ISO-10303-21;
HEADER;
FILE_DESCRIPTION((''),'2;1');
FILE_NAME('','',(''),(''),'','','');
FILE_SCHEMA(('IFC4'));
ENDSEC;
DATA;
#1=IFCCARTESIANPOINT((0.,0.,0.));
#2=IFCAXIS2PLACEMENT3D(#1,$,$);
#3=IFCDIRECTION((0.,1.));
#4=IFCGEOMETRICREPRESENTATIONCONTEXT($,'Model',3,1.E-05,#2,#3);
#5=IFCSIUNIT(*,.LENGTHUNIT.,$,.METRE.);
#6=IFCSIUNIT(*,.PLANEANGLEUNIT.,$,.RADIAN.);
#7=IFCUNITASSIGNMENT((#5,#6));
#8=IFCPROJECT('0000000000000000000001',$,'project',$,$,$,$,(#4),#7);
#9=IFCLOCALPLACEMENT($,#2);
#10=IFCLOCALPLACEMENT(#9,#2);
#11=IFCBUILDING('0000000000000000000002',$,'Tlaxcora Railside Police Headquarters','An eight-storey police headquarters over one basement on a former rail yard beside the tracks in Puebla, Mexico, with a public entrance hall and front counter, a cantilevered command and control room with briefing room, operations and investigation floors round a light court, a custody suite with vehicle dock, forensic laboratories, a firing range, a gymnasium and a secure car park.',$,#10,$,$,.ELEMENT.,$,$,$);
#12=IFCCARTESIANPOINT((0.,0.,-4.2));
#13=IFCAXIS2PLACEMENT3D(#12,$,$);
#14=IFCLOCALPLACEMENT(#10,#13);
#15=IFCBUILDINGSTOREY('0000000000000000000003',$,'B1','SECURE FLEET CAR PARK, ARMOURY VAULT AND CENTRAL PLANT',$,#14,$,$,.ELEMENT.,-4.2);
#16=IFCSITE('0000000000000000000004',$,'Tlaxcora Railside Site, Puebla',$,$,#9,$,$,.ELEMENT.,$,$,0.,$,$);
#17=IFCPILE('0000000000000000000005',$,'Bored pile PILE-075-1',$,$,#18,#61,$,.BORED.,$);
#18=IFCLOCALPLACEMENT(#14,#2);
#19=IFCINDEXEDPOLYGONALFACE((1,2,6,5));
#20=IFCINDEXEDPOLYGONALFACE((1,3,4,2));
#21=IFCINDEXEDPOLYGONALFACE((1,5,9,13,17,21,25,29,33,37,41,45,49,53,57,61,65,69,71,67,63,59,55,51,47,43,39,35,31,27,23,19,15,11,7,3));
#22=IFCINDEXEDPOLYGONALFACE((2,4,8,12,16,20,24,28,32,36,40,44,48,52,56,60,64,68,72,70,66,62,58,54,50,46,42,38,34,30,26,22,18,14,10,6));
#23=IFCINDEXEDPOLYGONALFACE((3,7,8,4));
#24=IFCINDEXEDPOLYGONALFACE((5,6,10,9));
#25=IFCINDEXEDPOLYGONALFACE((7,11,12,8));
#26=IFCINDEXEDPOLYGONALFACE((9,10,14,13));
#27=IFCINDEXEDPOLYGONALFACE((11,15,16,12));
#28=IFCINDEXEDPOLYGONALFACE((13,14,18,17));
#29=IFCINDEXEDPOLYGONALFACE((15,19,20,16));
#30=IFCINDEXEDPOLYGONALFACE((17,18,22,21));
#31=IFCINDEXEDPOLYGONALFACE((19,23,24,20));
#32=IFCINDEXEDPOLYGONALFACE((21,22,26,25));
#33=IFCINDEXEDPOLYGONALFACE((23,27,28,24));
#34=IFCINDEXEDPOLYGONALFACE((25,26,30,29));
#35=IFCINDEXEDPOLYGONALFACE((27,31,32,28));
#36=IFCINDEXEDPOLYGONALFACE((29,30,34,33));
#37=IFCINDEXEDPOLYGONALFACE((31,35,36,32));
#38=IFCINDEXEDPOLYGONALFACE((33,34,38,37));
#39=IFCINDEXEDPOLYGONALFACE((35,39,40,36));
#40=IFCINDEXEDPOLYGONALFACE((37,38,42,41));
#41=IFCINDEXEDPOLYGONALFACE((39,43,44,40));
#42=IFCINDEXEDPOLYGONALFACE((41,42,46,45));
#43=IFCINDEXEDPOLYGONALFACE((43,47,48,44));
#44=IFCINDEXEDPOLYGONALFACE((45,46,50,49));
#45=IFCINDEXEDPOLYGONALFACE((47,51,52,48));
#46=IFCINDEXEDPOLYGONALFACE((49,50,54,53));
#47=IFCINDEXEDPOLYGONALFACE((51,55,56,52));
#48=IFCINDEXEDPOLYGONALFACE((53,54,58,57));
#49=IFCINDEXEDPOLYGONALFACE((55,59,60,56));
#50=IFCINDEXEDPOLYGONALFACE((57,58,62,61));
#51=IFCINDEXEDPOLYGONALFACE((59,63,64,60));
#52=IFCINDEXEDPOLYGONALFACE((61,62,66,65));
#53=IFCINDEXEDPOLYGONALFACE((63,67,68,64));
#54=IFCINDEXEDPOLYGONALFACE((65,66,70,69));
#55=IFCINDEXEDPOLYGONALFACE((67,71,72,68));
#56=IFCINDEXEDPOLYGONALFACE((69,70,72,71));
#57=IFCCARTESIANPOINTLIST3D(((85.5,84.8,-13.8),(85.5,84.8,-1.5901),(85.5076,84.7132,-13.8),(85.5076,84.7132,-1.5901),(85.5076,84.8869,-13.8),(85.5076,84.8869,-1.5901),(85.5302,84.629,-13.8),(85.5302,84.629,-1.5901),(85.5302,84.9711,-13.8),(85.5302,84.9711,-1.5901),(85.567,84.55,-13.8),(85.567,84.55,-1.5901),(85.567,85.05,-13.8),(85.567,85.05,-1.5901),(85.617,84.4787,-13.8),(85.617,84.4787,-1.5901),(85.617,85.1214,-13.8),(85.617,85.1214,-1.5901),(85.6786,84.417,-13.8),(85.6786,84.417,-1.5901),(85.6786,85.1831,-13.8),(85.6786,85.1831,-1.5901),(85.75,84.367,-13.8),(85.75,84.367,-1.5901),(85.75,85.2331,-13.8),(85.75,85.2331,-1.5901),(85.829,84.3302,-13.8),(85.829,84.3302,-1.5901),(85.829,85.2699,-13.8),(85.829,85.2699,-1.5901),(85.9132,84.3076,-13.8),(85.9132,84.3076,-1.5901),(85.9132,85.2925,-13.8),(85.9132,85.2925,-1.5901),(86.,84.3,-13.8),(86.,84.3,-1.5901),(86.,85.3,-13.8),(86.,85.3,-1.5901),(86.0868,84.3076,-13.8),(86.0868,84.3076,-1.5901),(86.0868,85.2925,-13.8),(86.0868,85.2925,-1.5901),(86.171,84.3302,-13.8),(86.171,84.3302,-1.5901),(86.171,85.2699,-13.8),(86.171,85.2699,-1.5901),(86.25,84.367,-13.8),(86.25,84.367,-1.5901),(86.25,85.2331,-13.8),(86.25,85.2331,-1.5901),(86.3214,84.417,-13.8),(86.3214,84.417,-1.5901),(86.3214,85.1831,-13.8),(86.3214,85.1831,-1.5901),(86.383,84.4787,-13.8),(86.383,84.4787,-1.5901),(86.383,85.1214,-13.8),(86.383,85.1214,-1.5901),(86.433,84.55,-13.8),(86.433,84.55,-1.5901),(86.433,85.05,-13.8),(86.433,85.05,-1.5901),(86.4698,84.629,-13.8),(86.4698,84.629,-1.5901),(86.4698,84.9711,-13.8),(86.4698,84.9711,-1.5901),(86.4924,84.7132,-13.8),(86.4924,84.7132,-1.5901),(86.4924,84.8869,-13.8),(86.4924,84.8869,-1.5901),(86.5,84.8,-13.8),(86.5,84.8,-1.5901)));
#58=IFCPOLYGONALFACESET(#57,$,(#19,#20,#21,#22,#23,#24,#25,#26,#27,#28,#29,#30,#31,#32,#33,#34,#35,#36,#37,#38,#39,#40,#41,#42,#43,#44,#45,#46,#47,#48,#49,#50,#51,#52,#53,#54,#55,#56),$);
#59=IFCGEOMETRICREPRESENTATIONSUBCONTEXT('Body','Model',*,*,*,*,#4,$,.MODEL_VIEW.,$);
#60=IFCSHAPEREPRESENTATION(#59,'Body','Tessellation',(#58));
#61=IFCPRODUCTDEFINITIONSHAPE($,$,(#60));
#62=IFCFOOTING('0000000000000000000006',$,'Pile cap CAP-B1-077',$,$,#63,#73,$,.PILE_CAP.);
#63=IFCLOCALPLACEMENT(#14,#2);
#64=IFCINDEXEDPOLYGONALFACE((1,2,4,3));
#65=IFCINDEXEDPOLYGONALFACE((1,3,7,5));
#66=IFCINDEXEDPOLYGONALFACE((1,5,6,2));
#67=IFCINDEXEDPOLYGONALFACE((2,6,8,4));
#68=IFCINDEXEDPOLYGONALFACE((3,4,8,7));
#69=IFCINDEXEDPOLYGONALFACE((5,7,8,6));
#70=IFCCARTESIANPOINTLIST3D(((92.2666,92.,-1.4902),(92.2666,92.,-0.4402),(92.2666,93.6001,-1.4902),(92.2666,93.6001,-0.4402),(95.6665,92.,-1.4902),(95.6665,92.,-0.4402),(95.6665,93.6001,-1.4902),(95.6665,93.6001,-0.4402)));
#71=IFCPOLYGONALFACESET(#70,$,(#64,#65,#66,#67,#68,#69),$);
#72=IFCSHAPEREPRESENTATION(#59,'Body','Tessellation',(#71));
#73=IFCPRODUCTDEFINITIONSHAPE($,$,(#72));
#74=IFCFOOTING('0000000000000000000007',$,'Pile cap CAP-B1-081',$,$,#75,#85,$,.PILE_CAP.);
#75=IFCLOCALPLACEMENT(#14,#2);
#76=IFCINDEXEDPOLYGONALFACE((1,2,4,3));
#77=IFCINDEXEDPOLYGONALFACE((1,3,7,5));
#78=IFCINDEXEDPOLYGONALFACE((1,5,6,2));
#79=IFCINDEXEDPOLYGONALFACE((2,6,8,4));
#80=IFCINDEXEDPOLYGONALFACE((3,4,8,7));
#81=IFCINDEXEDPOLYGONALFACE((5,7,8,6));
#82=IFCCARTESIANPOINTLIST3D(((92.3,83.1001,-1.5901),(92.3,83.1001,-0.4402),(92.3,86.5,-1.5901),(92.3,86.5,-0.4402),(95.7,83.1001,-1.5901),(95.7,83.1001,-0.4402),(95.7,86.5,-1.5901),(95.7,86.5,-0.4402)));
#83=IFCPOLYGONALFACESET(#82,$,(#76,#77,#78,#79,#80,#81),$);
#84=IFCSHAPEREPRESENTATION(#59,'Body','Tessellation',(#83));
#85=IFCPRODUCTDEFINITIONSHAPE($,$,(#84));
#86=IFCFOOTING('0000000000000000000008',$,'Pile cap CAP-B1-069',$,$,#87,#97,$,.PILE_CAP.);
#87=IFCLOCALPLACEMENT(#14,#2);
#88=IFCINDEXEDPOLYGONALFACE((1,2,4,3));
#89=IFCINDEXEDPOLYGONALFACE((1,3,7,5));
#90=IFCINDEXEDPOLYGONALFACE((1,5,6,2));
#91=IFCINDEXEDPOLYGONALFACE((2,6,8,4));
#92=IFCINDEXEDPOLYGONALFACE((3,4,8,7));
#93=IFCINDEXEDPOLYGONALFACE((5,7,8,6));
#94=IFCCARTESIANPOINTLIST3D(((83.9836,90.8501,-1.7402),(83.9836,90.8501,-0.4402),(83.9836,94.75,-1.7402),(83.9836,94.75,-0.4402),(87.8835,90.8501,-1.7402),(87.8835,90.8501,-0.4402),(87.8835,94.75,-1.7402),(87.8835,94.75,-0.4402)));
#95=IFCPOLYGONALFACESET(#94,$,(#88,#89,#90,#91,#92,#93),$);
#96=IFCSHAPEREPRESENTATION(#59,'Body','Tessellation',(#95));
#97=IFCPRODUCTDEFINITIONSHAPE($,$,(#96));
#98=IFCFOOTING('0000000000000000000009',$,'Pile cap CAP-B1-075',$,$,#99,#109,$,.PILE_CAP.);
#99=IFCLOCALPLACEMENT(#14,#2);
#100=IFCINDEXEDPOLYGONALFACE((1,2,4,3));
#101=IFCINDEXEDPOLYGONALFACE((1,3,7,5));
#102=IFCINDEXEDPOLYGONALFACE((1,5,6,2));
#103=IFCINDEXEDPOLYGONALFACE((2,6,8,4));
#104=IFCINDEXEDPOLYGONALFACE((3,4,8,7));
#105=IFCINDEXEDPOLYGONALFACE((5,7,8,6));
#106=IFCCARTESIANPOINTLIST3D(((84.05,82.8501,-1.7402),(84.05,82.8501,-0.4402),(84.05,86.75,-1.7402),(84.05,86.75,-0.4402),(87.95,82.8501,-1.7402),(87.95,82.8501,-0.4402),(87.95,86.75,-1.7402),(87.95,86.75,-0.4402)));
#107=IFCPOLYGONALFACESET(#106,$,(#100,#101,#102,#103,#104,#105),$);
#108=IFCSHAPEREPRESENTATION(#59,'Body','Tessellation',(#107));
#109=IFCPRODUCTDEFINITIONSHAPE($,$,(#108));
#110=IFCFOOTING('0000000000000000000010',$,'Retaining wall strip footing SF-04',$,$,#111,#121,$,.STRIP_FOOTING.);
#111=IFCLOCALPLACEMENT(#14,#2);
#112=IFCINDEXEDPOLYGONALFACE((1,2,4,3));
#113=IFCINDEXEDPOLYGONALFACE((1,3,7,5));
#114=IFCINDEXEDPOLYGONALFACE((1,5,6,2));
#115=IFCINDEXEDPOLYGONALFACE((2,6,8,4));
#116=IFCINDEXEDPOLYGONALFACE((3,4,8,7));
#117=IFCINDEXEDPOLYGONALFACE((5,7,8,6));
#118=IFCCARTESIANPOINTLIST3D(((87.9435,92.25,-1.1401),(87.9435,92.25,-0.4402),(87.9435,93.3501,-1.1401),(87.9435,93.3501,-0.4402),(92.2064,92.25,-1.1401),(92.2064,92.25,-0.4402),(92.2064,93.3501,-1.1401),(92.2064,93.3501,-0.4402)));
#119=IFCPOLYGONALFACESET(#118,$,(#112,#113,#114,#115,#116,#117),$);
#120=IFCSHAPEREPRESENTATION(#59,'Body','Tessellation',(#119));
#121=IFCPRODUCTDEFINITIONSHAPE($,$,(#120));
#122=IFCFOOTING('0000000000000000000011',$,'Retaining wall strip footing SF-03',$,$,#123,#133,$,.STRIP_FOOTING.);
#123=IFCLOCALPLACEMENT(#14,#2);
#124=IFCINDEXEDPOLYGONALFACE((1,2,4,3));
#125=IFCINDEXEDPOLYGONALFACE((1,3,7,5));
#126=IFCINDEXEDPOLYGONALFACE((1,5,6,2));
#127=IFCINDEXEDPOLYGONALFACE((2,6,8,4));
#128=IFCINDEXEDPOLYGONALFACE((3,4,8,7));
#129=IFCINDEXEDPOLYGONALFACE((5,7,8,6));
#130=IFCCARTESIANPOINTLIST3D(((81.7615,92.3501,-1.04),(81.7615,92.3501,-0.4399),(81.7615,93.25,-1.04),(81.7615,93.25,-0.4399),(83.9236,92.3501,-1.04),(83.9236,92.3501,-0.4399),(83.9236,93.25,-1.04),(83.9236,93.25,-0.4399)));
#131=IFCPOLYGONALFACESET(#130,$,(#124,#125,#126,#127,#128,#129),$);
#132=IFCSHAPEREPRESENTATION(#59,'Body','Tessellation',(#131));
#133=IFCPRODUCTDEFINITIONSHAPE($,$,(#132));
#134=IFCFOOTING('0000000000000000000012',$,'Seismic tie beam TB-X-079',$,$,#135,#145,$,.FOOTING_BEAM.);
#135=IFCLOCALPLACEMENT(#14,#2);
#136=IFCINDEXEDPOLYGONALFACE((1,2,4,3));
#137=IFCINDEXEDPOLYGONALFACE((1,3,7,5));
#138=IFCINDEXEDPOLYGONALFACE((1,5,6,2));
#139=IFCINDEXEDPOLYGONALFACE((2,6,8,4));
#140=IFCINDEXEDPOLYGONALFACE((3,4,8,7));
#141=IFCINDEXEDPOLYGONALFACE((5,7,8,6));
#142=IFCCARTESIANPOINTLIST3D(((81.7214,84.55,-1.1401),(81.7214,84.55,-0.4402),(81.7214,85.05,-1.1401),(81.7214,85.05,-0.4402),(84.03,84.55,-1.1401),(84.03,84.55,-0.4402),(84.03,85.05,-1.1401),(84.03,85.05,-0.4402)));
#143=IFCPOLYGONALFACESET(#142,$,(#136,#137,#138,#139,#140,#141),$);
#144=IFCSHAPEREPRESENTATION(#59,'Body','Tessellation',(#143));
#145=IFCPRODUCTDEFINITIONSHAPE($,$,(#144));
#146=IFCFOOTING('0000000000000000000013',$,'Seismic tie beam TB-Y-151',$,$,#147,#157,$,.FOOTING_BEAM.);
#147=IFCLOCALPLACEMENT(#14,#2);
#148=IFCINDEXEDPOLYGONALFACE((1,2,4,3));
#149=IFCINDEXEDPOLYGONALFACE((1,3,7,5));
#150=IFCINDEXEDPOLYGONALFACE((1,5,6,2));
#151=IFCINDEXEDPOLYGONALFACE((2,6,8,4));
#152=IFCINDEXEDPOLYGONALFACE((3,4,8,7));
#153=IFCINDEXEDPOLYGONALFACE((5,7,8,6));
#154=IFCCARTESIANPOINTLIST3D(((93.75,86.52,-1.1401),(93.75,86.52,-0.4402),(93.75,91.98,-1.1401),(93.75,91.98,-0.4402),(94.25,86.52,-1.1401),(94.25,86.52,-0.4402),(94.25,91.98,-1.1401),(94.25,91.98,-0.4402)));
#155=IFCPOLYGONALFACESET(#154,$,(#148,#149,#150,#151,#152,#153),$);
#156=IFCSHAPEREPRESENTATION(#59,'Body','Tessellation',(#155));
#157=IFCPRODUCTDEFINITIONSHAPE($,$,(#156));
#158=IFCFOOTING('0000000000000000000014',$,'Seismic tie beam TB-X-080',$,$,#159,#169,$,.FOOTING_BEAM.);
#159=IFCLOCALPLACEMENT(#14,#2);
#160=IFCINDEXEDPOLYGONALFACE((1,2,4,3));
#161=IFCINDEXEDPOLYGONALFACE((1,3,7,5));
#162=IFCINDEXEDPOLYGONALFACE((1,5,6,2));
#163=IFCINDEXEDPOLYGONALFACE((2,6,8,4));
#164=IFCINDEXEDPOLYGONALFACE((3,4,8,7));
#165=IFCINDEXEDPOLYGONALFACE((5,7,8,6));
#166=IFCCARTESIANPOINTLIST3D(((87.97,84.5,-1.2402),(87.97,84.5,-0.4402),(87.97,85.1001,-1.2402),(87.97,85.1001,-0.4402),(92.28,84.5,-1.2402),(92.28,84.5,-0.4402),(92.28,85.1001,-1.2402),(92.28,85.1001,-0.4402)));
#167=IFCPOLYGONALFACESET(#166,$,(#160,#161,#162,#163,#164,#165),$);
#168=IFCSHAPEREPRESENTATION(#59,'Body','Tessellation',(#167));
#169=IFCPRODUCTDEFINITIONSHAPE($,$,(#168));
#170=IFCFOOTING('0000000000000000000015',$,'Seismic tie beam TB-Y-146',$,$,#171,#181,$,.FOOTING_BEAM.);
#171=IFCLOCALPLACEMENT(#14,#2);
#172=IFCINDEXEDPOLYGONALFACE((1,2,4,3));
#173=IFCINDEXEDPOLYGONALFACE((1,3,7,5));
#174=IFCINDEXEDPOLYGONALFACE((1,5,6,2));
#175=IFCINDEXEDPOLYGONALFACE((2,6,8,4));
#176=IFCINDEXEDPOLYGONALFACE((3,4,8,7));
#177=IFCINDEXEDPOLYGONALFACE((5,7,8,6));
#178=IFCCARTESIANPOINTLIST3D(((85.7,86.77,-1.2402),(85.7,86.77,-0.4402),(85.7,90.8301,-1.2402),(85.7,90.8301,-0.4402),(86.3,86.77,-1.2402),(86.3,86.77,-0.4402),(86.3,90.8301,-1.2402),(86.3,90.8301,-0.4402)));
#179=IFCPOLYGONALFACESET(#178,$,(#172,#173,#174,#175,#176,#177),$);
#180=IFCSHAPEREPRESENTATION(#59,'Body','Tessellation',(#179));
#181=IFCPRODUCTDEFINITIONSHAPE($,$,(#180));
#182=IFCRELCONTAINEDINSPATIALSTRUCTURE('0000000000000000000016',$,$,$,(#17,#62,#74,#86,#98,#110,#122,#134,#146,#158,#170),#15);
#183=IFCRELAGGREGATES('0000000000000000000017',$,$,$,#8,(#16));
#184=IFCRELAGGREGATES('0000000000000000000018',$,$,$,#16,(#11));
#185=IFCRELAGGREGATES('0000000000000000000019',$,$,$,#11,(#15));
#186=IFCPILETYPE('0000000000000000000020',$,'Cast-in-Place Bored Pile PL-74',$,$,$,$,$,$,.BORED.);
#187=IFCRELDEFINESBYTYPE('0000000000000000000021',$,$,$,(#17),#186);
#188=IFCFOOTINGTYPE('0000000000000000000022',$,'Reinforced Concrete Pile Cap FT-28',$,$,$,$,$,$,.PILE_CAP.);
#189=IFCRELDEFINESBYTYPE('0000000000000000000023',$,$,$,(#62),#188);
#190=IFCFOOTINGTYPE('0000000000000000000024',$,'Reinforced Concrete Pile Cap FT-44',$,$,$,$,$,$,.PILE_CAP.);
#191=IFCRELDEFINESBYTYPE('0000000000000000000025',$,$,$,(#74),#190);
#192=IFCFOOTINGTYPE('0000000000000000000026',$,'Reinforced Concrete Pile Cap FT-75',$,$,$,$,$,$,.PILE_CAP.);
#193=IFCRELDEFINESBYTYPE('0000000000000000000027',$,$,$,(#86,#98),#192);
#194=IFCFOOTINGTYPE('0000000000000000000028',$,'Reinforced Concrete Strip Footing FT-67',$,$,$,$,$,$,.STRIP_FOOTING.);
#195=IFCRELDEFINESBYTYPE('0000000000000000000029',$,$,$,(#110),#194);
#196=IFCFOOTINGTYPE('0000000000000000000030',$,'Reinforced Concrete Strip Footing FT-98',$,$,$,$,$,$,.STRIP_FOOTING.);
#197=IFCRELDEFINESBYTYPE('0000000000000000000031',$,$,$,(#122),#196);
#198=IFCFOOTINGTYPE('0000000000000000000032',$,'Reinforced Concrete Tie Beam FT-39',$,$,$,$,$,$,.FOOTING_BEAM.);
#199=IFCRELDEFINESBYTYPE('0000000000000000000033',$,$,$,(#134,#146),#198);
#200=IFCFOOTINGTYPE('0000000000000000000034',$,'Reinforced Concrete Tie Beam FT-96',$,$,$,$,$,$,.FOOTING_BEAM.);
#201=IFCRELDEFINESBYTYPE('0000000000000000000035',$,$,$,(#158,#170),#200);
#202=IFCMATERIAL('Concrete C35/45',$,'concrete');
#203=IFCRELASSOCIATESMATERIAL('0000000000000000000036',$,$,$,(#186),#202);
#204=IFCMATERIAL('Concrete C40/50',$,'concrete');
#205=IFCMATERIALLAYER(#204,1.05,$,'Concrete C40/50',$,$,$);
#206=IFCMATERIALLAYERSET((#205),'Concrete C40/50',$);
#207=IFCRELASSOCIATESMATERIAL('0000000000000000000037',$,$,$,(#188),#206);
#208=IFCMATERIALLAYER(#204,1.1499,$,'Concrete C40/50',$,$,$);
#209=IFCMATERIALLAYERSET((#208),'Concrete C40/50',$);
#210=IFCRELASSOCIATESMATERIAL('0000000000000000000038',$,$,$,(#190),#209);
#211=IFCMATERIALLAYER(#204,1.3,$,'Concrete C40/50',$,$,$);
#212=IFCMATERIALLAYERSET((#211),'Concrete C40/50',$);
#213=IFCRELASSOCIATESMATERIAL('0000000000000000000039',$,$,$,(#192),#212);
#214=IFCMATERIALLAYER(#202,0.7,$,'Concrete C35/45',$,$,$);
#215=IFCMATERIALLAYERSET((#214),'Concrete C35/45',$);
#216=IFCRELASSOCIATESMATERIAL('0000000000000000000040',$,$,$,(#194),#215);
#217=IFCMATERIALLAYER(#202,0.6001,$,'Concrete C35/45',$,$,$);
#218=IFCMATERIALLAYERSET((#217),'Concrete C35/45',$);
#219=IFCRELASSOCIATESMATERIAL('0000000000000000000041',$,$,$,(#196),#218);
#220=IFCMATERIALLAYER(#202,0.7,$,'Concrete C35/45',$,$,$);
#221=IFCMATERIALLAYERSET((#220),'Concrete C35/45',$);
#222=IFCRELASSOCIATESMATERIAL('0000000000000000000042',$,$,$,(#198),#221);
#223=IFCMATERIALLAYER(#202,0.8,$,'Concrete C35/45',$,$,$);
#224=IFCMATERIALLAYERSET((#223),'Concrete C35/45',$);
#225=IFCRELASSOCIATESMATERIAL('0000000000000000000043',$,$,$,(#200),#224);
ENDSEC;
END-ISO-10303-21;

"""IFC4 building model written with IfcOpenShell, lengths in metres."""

from ifc_helpers import new_model, si_unit, direction, frame, origin, origin_2d, place, context, subcontext, project, spatial, rectangle, circle, extrude, material, layer, layer_set, material_profile, profile_set, type_object, element, save


model = new_model("IFC4")

# Units and contexts
model_context = context("Model", 3, precision=1e-05, world=origin(), true_north=direction((0.0, 1.0)))
body_context = subcontext(model_context, "Body", "Model", "MODEL_VIEW")
ifc_project = project(units=[si_unit("LENGTHUNIT", "METRE"), si_unit("PLANEANGLEUNIT", "RADIAN")], contexts=[model_context])

# Site, building, storey
site_placement = place(None, origin())
site = spatial("IfcSite", under=ifc_project, at=site_placement, Name="Tlaxcora Railside Site, Puebla", CompositionType="ELEMENT", RefElevation=0.0)
building_placement = place(site_placement, origin())
building = spatial("IfcBuilding", under=site, at=building_placement, Name="Tlaxcora Railside Police Headquarters", Description="An eight-storey police headquarters over one basement on a former rail yard beside the tracks in Puebla, Mexico, with a public entrance hall and front counter, a cantilevered command and control room with briefing room, operations and investigation floors round a light court, a custody suite with vehicle dock, forensic laboratories, a firing range, a gymnasium and a secure car park.", CompositionType="ELEMENT")
storey_placement = place(building_placement, frame((0.0, 0.0, -4.2)))
storey = spatial("IfcBuildingStorey", under=building, at=storey_placement, Name="B1", Description="SECURE FLEET CAR PARK, ARMOURY VAULT AND CENTRAL PLANT", CompositionType="ELEMENT", Elevation=-4.2)

# Pile
ifc_material_1 = material(Name="Concrete C35/45", Category="concrete")
ifc_material_profile_1 = material_profile(ifc_material_1, circle(Radius=0.5, at=origin_2d()), Name="PILE1000")
ifc_profile_set_1 = profile_set([ifc_material_profile_1], Name="Concrete C35/45")
pile_type_1 = type_object("IfcPileType", Name="Cast-in-Place Bored Pile PL-74", PredefinedType="BORED", material=ifc_profile_set_1)
for number, where, z_axis, x_axis, name in (
    (1, (86.0, 84.8, -1.5901), (0.0, 0.0, -1.0), (1.0, 0.0, 0.0), "Bored pile PILE-075-1"),
):
    element("IfcPile", number, at=place(storey_placement, frame(where, z_axis=z_axis, x_axis=x_axis)), inside=storey, type_object=pile_type_1, Name=name, PredefinedType="BORED", context=body_context, shape_type="SweptSolid", body=[
        extrude(circle(Radius=0.5, at=origin_2d()), origin(), (0.0, 0.0, 1.0), 12.21),
    ])

# Footings
ifc_material_2 = material(Name="Concrete C40/50", Category="concrete")
ifc_layer_1 = layer(ifc_material_2, 1.05, Name="Concrete C40/50")
ifc_layer_set_1 = layer_set([ifc_layer_1], Name="Concrete C40/50")
footing_type_1 = type_object("IfcFootingType", Name="Reinforced Concrete Pile Cap FT-28", PredefinedType="PILE_CAP", material=ifc_layer_set_1)
footing_1_placement = place(storey_placement, frame((93.9666, 92.8, -1.4902), z_axis=(0.0, 0.0, 1.0), x_axis=(1.0, 0.0, 0.0)))
element("IfcFooting", 2, at=footing_1_placement, inside=storey, type_object=footing_type_1, Name="Pile cap CAP-B1-077", PredefinedType="PILE_CAP", context=body_context, shape_type="SweptSolid", body=[
    extrude(rectangle(XDim=3.3999, YDim=1.6001, at=origin_2d()), origin(), (0.0, 0.0, 1.0), 1.05),
])
ifc_layer_2 = layer(ifc_material_2, 1.1499, Name="Concrete C40/50")
ifc_layer_set_2 = layer_set([ifc_layer_2], Name="Concrete C40/50")
footing_type_2 = type_object("IfcFootingType", Name="Reinforced Concrete Pile Cap FT-44", PredefinedType="PILE_CAP", material=ifc_layer_set_2)
footing_2_placement = place(storey_placement, frame((94.0, 84.8, -1.5901), z_axis=(0.0, 0.0, 1.0), x_axis=(1.0, 0.0, 0.0)))
element("IfcFooting", 3, at=footing_2_placement, inside=storey, type_object=footing_type_2, Name="Pile cap CAP-B1-081", PredefinedType="PILE_CAP", context=body_context, shape_type="SweptSolid", body=[
    extrude(rectangle(XDim=3.3999, YDim=3.3999, at=origin_2d()), origin(), (0.0, 0.0, 1.0), 1.1499),
])
ifc_layer_3 = layer(ifc_material_2, 1.3, Name="Concrete C40/50")
ifc_layer_set_3 = layer_set([ifc_layer_3], Name="Concrete C40/50")
footing_type_3 = type_object("IfcFootingType", Name="Reinforced Concrete Pile Cap FT-75", PredefinedType="PILE_CAP", material=ifc_layer_set_3)
for number, where, z_axis, x_axis, name in (
    (4, (85.9336, 92.8, -1.7402), (0.0, 0.0, 1.0), (1.0, 0.0, 0.0), "Pile cap CAP-B1-069"),
    (5, (86.0, 84.8, -1.7402), (0.0, 0.0, 1.0), (1.0, 0.0, 0.0), "Pile cap CAP-B1-075"),
):
    element("IfcFooting", number, at=place(storey_placement, frame(where, z_axis=z_axis, x_axis=x_axis)), inside=storey, type_object=footing_type_3, Name=name, PredefinedType="PILE_CAP", context=body_context, shape_type="SweptSolid", body=[
        extrude(rectangle(XDim=3.8999, YDim=3.8999, at=origin_2d()), origin(), (0.0, 0.0, 1.0), 1.3),
    ])
ifc_layer_4 = layer(ifc_material_1, 0.7, Name="Concrete C35/45")
ifc_layer_set_4 = layer_set([ifc_layer_4], Name="Concrete C35/45")
footing_type_4 = type_object("IfcFootingType", Name="Reinforced Concrete Strip Footing FT-67", PredefinedType="STRIP_FOOTING", material=ifc_layer_set_4)
footing_3_placement = place(storey_placement, frame((90.075, 92.8, -1.1401), z_axis=(0.0, 0.0, 1.0), x_axis=(1.0, 0.0, 0.0)))
element("IfcFooting", 6, at=footing_3_placement, inside=storey, type_object=footing_type_4, Name="Retaining wall strip footing SF-04", PredefinedType="STRIP_FOOTING", context=body_context, shape_type="SweptSolid", body=[
    extrude(rectangle(XDim=4.2629, YDim=1.1001, at=origin_2d()), origin(), (0.0, 0.0, 1.0), 0.7),
])
ifc_layer_5 = layer(ifc_material_1, 0.6001, Name="Concrete C35/45")
ifc_layer_set_5 = layer_set([ifc_layer_5], Name="Concrete C35/45")
footing_type_5 = type_object("IfcFootingType", Name="Reinforced Concrete Strip Footing FT-98", PredefinedType="STRIP_FOOTING", material=ifc_layer_set_5)
footing_4_placement = place(storey_placement, frame((82.8425, 92.8, -1.04), z_axis=(0.0, 0.0, 1.0), x_axis=(1.0, 0.0, 0.0)))
element("IfcFooting", 7, at=footing_4_placement, inside=storey, type_object=footing_type_5, Name="Retaining wall strip footing SF-03", PredefinedType="STRIP_FOOTING", context=body_context, shape_type="SweptSolid", body=[
    extrude(rectangle(XDim=2.1621, YDim=0.8999, at=origin_2d()), origin(), (0.0, 0.0, 1.0), 0.6001),
])
ifc_layer_6 = layer(ifc_material_1, 0.7, Name="Concrete C35/45")
ifc_layer_set_6 = layer_set([ifc_layer_6], Name="Concrete C35/45")
footing_type_6 = type_object("IfcFootingType", Name="Reinforced Concrete Tie Beam FT-39", PredefinedType="FOOTING_BEAM", material=ifc_layer_set_6)
footing_5_placement = place(storey_placement, frame((82.8757, 84.8, -1.1401), z_axis=(0.0, 0.0, 1.0), x_axis=(1.0, 0.0, 0.0)))
element("IfcFooting", 8, at=footing_5_placement, inside=storey, type_object=footing_type_6, Name="Seismic tie beam TB-X-079", PredefinedType="FOOTING_BEAM", context=body_context, shape_type="SweptSolid", body=[
    extrude(rectangle(XDim=2.3086, YDim=0.5, at=origin_2d()), origin(), (0.0, 0.0, 1.0), 0.7),
])
footing_6_placement = place(storey_placement, frame((94.0, 89.25, -1.1401), z_axis=(0.0, 0.0, 1.0), x_axis=(0.0, 1.0, 0.0)))
element("IfcFooting", 9, at=footing_6_placement, inside=storey, type_object=footing_type_6, Name="Seismic tie beam TB-Y-151", PredefinedType="FOOTING_BEAM", context=body_context, shape_type="SweptSolid", body=[
    extrude(rectangle(XDim=5.46, YDim=0.5, at=origin_2d()), origin(), (0.0, 0.0, 1.0), 0.7),
])
ifc_layer_7 = layer(ifc_material_1, 0.8, Name="Concrete C35/45")
ifc_layer_set_7 = layer_set([ifc_layer_7], Name="Concrete C35/45")
footing_type_7 = type_object("IfcFootingType", Name="Reinforced Concrete Tie Beam FT-96", PredefinedType="FOOTING_BEAM", material=ifc_layer_set_7)
footing_7_placement = place(storey_placement, frame((90.125, 84.8, -1.2402), z_axis=(0.0, 0.0, 1.0), x_axis=(1.0, 0.0, 0.0)))
element("IfcFooting", 10, at=footing_7_placement, inside=storey, type_object=footing_type_7, Name="Seismic tie beam TB-X-080", PredefinedType="FOOTING_BEAM", context=body_context, shape_type="SweptSolid", body=[
    extrude(rectangle(XDim=4.3101, YDim=0.6001, at=origin_2d()), origin(), (0.0, 0.0, 1.0), 0.8),
])
footing_8_placement = place(storey_placement, frame((86.0, 88.8, -1.2402), z_axis=(0.0, 0.0, 1.0), x_axis=(0.0, 1.0, 0.0)))
element("IfcFooting", 11, at=footing_8_placement, inside=storey, type_object=footing_type_7, Name="Seismic tie beam TB-Y-146", PredefinedType="FOOTING_BEAM", context=body_context, shape_type="SweptSolid", body=[
    extrude(rectangle(XDim=4.0601, YDim=0.6001, at=origin_2d()), origin(), (0.0, 0.0, 1.0), 0.8),
])

save(model, "model.ifc")
